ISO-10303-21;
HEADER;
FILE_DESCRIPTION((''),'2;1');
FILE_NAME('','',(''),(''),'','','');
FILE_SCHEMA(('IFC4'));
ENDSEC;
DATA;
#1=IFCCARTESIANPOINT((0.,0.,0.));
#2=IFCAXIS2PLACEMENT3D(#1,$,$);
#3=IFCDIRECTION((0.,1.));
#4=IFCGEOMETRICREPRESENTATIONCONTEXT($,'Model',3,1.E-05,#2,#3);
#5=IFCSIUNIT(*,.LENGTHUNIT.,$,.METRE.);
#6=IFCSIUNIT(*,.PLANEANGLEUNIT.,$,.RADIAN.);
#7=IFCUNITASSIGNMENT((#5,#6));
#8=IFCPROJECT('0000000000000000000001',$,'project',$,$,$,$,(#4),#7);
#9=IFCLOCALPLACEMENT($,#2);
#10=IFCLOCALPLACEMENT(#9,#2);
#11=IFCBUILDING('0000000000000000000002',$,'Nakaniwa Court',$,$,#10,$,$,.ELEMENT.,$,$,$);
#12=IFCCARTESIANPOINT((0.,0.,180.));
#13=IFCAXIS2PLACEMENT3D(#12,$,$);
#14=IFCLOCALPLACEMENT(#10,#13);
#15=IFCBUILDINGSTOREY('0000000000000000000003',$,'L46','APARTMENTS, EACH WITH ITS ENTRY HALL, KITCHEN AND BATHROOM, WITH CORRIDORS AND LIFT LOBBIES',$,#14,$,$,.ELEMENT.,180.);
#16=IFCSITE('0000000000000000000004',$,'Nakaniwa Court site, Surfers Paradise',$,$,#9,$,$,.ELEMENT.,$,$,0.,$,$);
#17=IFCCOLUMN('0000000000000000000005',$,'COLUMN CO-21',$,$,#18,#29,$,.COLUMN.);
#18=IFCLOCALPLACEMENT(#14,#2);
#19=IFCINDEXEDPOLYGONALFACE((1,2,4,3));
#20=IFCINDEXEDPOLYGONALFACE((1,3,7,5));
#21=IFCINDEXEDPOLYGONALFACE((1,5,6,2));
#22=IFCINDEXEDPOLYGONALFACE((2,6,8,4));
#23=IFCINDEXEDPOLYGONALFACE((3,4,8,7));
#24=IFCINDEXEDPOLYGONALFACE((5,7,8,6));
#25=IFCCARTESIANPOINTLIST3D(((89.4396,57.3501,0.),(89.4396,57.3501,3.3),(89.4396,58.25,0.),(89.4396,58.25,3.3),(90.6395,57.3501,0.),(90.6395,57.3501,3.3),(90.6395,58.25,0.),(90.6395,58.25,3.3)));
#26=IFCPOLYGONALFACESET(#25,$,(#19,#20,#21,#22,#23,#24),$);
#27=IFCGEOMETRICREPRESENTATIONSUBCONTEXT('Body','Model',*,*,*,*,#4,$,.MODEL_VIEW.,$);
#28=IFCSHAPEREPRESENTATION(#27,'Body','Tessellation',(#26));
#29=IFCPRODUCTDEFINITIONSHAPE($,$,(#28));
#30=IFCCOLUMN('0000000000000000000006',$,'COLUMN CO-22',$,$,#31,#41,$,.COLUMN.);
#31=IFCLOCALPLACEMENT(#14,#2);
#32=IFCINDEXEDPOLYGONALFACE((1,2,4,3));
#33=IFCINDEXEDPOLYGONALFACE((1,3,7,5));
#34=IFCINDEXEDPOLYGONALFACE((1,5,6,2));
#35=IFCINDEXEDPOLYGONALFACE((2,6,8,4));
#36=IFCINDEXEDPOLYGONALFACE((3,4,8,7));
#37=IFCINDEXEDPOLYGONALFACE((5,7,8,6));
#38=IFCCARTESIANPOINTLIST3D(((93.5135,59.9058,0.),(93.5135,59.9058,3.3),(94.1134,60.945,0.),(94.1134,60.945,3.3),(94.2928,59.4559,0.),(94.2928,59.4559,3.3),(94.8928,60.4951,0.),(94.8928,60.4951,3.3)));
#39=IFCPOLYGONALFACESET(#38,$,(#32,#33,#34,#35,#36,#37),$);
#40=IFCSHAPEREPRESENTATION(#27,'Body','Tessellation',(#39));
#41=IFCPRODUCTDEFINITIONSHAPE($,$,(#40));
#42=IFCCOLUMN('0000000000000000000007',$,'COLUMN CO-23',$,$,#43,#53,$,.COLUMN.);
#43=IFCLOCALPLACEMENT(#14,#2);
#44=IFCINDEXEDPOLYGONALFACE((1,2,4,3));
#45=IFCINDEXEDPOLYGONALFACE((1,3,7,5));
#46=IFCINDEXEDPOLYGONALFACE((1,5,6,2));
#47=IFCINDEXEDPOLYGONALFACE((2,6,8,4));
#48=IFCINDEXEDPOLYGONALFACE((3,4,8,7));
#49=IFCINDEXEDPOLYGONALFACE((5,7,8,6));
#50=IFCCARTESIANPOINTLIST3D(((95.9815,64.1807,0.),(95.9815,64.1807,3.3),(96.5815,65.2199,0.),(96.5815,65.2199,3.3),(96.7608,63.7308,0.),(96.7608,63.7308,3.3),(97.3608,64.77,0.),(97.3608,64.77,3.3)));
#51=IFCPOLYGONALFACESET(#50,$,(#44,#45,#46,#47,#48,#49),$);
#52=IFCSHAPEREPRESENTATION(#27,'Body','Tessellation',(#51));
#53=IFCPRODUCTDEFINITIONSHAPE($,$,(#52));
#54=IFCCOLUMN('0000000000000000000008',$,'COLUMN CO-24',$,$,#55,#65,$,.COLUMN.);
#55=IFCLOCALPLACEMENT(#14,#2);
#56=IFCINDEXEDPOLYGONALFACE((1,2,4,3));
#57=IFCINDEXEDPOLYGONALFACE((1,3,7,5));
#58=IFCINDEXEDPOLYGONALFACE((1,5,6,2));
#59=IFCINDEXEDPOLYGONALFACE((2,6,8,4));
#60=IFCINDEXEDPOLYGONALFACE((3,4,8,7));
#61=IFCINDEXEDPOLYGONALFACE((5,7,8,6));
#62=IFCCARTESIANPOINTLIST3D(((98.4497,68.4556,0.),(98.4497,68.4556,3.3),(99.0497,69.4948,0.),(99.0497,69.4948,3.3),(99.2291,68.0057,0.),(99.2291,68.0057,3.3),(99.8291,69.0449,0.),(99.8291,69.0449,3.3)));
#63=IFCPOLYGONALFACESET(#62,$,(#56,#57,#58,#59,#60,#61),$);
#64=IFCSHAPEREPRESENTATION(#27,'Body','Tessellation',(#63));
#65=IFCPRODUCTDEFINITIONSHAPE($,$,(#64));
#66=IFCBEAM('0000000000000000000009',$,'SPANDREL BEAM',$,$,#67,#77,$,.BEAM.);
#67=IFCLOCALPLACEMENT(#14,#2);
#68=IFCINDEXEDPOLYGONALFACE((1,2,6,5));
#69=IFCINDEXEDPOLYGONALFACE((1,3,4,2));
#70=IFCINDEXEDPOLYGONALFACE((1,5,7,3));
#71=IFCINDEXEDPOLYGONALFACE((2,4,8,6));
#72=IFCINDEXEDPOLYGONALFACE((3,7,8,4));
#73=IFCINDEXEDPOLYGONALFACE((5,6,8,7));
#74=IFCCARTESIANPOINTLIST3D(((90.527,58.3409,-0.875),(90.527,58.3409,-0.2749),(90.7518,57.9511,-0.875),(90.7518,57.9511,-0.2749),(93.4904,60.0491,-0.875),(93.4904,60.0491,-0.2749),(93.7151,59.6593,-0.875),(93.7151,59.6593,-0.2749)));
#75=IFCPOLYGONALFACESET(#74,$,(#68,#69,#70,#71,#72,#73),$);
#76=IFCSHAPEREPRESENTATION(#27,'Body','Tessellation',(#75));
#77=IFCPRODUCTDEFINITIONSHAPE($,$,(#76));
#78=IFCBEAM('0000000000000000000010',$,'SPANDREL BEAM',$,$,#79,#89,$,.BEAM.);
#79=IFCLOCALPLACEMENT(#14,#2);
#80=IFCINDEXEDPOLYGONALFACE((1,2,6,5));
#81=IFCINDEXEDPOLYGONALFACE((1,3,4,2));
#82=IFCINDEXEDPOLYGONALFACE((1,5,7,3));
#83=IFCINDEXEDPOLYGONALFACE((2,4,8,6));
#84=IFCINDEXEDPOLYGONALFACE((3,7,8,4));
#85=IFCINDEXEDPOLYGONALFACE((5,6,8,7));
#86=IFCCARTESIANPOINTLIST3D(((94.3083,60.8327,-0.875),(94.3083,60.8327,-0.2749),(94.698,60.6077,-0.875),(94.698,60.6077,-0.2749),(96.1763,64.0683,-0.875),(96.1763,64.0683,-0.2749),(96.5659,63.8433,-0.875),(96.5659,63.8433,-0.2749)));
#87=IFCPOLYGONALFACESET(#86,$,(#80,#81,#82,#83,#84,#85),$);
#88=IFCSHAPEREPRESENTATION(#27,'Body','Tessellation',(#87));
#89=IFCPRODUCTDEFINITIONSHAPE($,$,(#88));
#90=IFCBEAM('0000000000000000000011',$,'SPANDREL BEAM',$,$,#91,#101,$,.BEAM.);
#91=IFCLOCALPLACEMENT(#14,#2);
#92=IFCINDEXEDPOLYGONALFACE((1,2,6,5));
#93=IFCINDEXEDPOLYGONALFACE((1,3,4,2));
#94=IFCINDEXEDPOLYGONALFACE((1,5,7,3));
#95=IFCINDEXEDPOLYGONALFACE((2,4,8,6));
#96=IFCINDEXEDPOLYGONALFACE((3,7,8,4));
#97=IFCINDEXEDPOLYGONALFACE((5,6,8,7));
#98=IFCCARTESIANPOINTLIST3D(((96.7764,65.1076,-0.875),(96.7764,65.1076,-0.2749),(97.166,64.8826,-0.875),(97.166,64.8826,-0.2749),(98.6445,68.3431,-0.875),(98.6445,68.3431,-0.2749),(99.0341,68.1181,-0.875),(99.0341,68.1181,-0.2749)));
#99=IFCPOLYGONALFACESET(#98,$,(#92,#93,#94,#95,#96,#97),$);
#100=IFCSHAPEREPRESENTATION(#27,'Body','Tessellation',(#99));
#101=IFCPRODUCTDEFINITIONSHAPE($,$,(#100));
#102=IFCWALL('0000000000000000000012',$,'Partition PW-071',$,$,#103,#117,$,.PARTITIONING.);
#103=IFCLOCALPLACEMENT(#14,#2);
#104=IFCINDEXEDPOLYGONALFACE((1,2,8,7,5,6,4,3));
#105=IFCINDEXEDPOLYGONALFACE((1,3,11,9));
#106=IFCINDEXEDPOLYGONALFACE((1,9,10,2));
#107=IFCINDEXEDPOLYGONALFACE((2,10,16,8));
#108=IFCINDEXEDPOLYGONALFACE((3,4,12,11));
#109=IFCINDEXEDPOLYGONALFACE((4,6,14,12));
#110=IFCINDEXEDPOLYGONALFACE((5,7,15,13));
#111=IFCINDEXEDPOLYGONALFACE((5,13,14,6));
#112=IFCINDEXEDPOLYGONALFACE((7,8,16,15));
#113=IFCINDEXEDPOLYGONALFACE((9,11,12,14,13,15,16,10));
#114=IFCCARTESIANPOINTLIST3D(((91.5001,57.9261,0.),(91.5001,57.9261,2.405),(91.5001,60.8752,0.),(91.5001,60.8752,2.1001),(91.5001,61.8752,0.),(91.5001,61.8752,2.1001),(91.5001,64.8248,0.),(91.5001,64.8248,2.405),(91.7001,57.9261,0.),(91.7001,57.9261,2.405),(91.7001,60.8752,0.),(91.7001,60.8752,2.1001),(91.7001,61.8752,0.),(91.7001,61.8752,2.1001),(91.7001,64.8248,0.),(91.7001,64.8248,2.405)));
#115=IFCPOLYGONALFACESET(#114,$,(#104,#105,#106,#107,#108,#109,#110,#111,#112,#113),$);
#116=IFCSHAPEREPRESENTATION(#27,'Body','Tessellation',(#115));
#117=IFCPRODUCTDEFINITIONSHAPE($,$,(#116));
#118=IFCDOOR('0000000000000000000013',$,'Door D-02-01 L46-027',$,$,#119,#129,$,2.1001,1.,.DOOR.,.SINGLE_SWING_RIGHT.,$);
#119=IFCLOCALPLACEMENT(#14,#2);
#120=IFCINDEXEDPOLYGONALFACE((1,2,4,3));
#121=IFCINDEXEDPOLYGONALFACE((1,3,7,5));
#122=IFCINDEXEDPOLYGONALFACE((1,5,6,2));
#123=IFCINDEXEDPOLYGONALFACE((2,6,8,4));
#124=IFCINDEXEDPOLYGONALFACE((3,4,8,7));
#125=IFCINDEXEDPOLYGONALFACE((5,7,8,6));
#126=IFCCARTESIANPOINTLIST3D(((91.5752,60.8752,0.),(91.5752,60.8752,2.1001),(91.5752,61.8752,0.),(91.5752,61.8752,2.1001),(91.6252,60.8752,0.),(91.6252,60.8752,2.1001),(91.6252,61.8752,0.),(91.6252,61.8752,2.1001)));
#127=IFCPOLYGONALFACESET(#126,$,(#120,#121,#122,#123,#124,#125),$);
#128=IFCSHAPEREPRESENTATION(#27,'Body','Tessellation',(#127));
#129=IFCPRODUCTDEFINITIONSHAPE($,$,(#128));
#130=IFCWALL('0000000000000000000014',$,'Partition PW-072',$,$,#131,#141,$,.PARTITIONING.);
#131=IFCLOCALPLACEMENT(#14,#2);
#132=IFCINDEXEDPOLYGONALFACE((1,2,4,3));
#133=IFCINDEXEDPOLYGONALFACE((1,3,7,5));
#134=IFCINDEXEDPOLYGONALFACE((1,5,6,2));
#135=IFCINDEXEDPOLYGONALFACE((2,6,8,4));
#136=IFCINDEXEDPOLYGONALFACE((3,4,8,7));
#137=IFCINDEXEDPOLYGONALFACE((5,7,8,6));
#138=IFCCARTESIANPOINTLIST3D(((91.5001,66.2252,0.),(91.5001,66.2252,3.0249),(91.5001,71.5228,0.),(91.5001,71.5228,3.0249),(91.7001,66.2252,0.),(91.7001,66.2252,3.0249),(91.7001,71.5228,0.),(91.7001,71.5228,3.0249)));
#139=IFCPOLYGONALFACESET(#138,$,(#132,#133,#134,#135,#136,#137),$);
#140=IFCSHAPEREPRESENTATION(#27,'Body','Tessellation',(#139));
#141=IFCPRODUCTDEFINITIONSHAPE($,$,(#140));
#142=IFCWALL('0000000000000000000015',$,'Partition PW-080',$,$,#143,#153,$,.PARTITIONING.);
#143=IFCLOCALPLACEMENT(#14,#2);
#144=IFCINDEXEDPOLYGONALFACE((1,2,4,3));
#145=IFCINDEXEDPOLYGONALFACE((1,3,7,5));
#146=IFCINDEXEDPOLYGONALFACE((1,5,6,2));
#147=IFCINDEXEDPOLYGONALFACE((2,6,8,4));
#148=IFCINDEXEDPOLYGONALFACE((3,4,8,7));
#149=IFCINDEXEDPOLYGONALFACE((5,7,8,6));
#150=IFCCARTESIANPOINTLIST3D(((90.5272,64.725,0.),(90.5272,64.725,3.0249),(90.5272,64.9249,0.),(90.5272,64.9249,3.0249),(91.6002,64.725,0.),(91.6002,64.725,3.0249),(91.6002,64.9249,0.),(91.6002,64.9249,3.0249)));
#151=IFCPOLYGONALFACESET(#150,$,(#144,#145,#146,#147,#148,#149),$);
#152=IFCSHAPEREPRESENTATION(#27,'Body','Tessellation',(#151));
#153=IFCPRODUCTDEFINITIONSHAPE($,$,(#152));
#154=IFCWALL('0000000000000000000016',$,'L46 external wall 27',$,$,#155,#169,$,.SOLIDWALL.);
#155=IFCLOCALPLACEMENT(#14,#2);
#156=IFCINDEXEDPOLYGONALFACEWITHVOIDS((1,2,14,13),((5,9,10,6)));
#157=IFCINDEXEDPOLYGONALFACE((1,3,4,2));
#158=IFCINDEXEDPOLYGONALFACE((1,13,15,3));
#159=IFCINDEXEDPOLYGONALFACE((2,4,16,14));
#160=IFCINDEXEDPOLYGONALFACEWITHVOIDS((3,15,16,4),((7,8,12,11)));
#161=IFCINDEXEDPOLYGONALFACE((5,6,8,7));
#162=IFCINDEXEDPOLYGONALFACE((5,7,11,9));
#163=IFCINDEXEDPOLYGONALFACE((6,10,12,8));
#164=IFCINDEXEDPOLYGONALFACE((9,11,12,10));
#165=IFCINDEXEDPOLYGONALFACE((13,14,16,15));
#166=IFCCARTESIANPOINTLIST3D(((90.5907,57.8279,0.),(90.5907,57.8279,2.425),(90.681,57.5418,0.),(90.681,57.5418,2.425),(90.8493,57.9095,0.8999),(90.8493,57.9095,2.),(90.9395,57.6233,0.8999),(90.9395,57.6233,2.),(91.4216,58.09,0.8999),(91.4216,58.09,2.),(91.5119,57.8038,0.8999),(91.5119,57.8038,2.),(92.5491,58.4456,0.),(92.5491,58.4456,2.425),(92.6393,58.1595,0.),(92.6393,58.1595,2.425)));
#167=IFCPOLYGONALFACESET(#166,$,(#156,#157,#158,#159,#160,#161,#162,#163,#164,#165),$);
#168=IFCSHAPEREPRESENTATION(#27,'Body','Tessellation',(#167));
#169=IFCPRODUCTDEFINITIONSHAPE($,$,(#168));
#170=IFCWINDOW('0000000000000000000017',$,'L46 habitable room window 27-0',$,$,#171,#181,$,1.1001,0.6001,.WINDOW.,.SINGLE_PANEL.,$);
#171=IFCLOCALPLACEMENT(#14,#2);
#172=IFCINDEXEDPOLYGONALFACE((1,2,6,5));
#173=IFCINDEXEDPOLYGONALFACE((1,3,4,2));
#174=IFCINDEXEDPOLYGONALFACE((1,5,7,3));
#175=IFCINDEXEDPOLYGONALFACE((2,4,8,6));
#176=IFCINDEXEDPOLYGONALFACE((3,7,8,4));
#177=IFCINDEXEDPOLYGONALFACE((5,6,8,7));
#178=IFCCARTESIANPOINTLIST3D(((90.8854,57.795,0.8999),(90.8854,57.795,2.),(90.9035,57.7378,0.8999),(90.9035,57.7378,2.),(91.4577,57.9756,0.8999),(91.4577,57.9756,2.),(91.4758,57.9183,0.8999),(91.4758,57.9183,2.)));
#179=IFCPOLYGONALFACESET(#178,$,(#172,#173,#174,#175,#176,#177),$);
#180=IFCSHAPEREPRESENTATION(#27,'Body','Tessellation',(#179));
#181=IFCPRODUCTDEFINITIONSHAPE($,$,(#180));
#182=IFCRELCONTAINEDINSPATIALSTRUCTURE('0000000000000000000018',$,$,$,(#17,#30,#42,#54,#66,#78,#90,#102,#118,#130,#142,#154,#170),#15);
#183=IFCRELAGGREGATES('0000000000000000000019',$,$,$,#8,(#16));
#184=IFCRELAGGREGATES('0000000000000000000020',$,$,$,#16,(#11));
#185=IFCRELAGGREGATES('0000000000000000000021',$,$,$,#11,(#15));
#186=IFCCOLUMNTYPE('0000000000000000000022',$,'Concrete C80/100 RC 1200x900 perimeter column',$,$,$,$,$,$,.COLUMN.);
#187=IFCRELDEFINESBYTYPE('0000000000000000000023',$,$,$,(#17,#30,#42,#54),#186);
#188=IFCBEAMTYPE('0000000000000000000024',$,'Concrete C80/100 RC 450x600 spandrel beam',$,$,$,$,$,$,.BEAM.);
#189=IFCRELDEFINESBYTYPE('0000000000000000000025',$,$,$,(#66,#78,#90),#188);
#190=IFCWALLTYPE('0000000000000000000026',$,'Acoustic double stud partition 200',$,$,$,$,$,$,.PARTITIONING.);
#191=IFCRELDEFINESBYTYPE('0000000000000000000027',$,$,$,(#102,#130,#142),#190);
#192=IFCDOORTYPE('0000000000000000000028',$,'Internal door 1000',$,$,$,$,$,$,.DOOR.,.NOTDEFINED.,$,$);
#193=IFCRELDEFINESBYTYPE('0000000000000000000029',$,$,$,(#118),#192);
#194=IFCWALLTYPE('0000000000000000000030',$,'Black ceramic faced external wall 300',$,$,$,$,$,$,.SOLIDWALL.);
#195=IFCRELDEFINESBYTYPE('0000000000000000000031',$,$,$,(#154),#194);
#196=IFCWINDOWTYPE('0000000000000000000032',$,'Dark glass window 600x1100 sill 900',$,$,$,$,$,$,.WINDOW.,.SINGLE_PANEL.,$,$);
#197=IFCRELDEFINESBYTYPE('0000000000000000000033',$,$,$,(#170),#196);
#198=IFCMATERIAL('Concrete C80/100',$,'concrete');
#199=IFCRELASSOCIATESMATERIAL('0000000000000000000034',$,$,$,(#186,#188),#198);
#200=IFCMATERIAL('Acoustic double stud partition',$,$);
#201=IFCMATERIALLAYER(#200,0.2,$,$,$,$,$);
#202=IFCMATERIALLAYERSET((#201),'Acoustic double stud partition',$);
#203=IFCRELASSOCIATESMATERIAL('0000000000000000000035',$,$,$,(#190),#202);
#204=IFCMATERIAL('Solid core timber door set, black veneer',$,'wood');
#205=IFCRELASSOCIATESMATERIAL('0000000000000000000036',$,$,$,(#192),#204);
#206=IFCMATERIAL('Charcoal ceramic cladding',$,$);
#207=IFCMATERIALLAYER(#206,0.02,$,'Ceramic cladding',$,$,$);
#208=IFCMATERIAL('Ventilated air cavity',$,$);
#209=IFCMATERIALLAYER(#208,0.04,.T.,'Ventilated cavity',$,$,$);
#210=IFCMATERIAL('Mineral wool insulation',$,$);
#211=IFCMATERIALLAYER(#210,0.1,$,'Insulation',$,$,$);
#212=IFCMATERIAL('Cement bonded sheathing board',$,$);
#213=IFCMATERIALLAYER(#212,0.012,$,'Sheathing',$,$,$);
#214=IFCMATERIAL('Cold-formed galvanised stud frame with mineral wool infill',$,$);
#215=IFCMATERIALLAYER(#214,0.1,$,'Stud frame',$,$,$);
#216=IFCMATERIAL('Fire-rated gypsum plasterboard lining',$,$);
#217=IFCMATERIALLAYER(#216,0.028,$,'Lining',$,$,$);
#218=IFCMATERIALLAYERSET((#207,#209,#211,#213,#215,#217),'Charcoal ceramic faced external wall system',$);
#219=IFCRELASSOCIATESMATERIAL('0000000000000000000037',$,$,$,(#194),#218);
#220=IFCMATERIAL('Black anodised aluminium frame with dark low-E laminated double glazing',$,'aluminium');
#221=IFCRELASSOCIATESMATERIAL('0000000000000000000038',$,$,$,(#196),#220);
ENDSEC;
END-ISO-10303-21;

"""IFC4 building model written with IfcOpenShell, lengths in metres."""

from ifc_helpers import new_model, si_unit, direction, frame, frame_2d, origin, origin_2d, place, context, subcontext, project, spatial, rectangle, extrude, material, layer, layer_set, material_profile, profile_set, type_object, element, fill, save


model = new_model("IFC4")

# Units and contexts
model_context = context("Model", 3, precision=1e-05, world=origin(), true_north=direction((0.0, 1.0)))
body_context = subcontext(model_context, "Body", "Model", "MODEL_VIEW")
ifc_project = project(units=[si_unit("LENGTHUNIT", "METRE"), si_unit("PLANEANGLEUNIT", "RADIAN")], contexts=[model_context])

# Site, building, storey
site_placement = place(None, origin())
site = spatial("IfcSite", under=ifc_project, at=site_placement, Name="Nakaniwa Court site, Surfers Paradise", CompositionType="ELEMENT", RefElevation=0.0)
building_placement = place(site_placement, origin())
building = spatial("IfcBuilding", under=site, at=building_placement, Name="Nakaniwa Court", CompositionType="ELEMENT")
storey_placement = place(building_placement, frame((0.0, 0.0, 180.0)))
storey = spatial("IfcBuildingStorey", under=building, at=storey_placement, Name="L46", Description="APARTMENTS, EACH WITH ITS ENTRY HALL, KITCHEN AND BATHROOM, WITH CORRIDORS AND LIFT LOBBIES", CompositionType="ELEMENT", Elevation=180.0)

# Columns
ifc_material_1 = material(Name="Concrete C80/100", Category="concrete")
ifc_material_profile_1 = material_profile(ifc_material_1, rectangle(XDim=1.2, YDim=0.8999, at=origin_2d()), Name="Concrete C80/100 RC 1200x900 perimeter column")
ifc_profile_set_1 = profile_set([ifc_material_profile_1], Name="Concrete C80/100")
column_type = type_object("IfcColumnType", Name="Concrete C80/100 RC 1200x900 perimeter column", PredefinedType="COLUMN", material=ifc_profile_set_1)
for number, where, z_axis, x_axis, name in (
    (1, (90.0396, 57.8, 0.0), (0.0, 0.0, 1.0), (1.0, 0.0, 0.0), "COLUMN CO-21"),
    (2, (94.2031, 60.2004, 0.0), (0.0, 0.0, 1.0), (0.5, 0.866025, 0.0), "COLUMN CO-22"),
    (3, (96.6711, 64.4753, 0.0), (0.0, 0.0, 1.0), (0.5, 0.866025, 0.0), "COLUMN CO-23"),
    (4, (99.1394, 68.7502, 0.0), (0.0, 0.0, 1.0), (0.5, 0.866025, 0.0), "COLUMN CO-24"),
):
    element("IfcColumn", number, at=place(storey_placement, frame(where, z_axis=z_axis, x_axis=x_axis)), inside=storey, type_object=column_type, Name=name, PredefinedType="COLUMN", context=body_context, shape_type="SweptSolid", body=[
        extrude(rectangle(XDim=1.2, YDim=0.8999, at=origin_2d()), origin(), (0.0, 0.0, 1.0), 3.3),
    ])

# Beams
ifc_material_profile_2 = material_profile(ifc_material_1, rectangle(XDim=0.45, YDim=0.6001, at=origin_2d()), Name="Concrete C80/100 RC 450x600 spandrel beam")
ifc_profile_set_2 = profile_set([ifc_material_profile_2], Name="Concrete C80/100")
beam_type = type_object("IfcBeamType", Name="Concrete C80/100 RC 450x600 spandrel beam", PredefinedType="BEAM", material=ifc_profile_set_2)
beam_placement = place(storey_placement, frame((90.6394, 58.146, -0.575), z_axis=(0.866361, 0.499418, 0.0), x_axis=(-0.499418, 0.866361, 0.0)))
element("IfcBeam", 5, at=beam_placement, inside=storey, type_object=beam_type, Name="SPANDREL BEAM", PredefinedType="BEAM", context=body_context, shape_type="SweptSolid", body=[
    extrude(rectangle(XDim=0.45, YDim=0.6001, at=origin_2d()), origin(), (0.0, 0.0, 1.0), 3.4204),
])
for number, where, z_axis, x_axis, name in (
    (6, (94.5032, 60.7202, -0.575), (0.499969, 0.866043, 0.0), (-0.866043, 0.499969, 0.0), "SPANDREL BEAM"),
    (7, (96.9712, 64.9951, -0.575), (0.500018, 0.866015, 0.0), (-0.866015, 0.500018, 0.0), "SPANDREL BEAM"),
):
    element("IfcBeam", number, at=place(storey_placement, frame(where, z_axis=z_axis, x_axis=x_axis)), inside=storey, type_object=beam_type, Name=name, PredefinedType="BEAM", context=body_context, shape_type="SweptSolid", body=[
        extrude(rectangle(XDim=0.45, YDim=0.6001, at=origin_2d()), origin(), (0.0, 0.0, 1.0), 3.7361),
    ])

# Wall, opening, door
ifc_material_2 = material(Name="Acoustic double stud partition")
ifc_layer_1 = layer(ifc_material_2, 0.2)
ifc_layer_set_1 = layer_set([ifc_layer_1], Name="Acoustic double stud partition")
wall_type_1 = type_object("IfcWallType", Name="Acoustic double stud partition 200", PredefinedType="PARTITIONING", material=ifc_layer_set_1)
wall_1_placement = place(storey_placement, frame((91.6001, 57.9263, 0.0), z_axis=(0.0, 0.0, 1.0), x_axis=(0.0, 1.0, 0.0)))
wall_1 = element("IfcWall", 8, at=wall_1_placement, inside=storey, type_object=wall_type_1, Name="Partition PW-071", PredefinedType="PARTITIONING", context=body_context, shape_type="SweptSolid", body=[
    extrude(rectangle(XDim=6.8987, YDim=0.2, at=frame_2d((3.4492, 0.0))), origin(), (0.0, 0.0, 1.0), 2.405),
])
opening_1_placement = place(wall_1_placement, frame((2.949, 0.0, 0.0)))
opening_1 = element("IfcOpeningElement", 9, at=opening_1_placement, cuts=wall_1, PredefinedType="OPENING", context=body_context, shape_type="SweptSolid", body=[
    extrude(rectangle(XDim=1.0, YDim=2.1001, at=frame_2d((0.5, 1.05))), frame((0.0, 0.1099, 0.0), z_axis=(0.0, -1.0, 0.0), x_axis=(1.0, 0.0, 0.0)), (0.0, 0.0, 1.0), 0.22),
])
ifc_material_3 = material(Name="Solid core timber door set, black veneer", Category="wood")
door_type_1 = type_object("IfcDoorType", Name="Internal door 1000", OperationType="NOTDEFINED", PredefinedType="DOOR", material=ifc_material_3)
door_1_placement = place(opening_1_placement, origin())
door_1 = element("IfcDoor", 10, at=door_1_placement, inside=storey, type_object=door_type_1, Name="Door D-02-01 L46-027", OperationType="SINGLE_SWING_RIGHT", OverallHeight=2.1001, OverallWidth=1.0, PredefinedType="DOOR", context=body_context, shape_type="SweptSolid", body=[
    extrude(rectangle(XDim=1.0, YDim=2.1001, at=frame_2d((0.5, 1.05))), frame((0.0, 0.0249, 0.0), z_axis=(0.0, -1.0, 0.0), x_axis=(1.0, 0.0, 0.0)), (0.0, 0.0, 1.0), 0.05),
])
fill(opening_1, door_1)

# Walls
wall_2_placement = place(storey_placement, frame((91.6001, 66.2251, 0.0), z_axis=(0.0, 0.0, 1.0), x_axis=(0.0, 1.0, 0.0)))
element("IfcWall", 11, at=wall_2_placement, inside=storey, type_object=wall_type_1, Name="Partition PW-072", PredefinedType="PARTITIONING", context=body_context, shape_type="SweptSolid", body=[
    extrude(rectangle(XDim=5.2976, YDim=0.2, at=frame_2d((2.6489, 0.0))), origin(), (0.0, 0.0, 1.0), 3.0249),
])
wall_3_placement = place(storey_placement, frame((90.5271, 64.825, 0.0), z_axis=(0.0, 0.0, 1.0), x_axis=(1.0, 0.0, 0.0)))
element("IfcWall", 12, at=wall_3_placement, inside=storey, type_object=wall_type_1, Name="Partition PW-080", PredefinedType="PARTITIONING", context=body_context, shape_type="SweptSolid", body=[
    extrude(rectangle(XDim=1.073, YDim=0.2, at=frame_2d((0.5366, 0.0))), origin(), (0.0, 0.0, 1.0), 3.0249),
])

# Wall, opening, window
ifc_material_4 = material(Name="Charcoal ceramic cladding")
ifc_layer_2 = layer(ifc_material_4, 0.02, Name="Ceramic cladding")
ifc_material_5 = material(Name="Ventilated air cavity")
ifc_layer_3 = layer(ifc_material_5, 0.04, ventilated=True, Name="Ventilated cavity")
ifc_material_6 = material(Name="Mineral wool insulation")
ifc_layer_4 = layer(ifc_material_6, 0.1, Name="Insulation")
ifc_material_7 = material(Name="Cement bonded sheathing board")
ifc_layer_5 = layer(ifc_material_7, 0.012, Name="Sheathing")
ifc_material_8 = material(Name="Cold-formed galvanised stud frame with mineral wool infill")
ifc_layer_6 = layer(ifc_material_8, 0.1, Name="Stud frame")
ifc_material_9 = material(Name="Fire-rated gypsum plasterboard lining")
ifc_layer_7 = layer(ifc_material_9, 0.028, Name="Lining")
ifc_layer_set_2 = layer_set([ifc_layer_2, ifc_layer_3, ifc_layer_4, ifc_layer_5, ifc_layer_6, ifc_layer_7], Name="Charcoal ceramic faced external wall system")
wall_type_2 = type_object("IfcWallType", Name="Black ceramic faced external wall 300", PredefinedType="SOLIDWALL", material=ifc_layer_set_2)
wall_4_placement = place(storey_placement, frame((90.6357, 57.6848, 0.0), z_axis=(0.0, 0.0, 1.0), x_axis=(0.953683, 0.300813, 0.0)))
wall_4 = element("IfcWall", 13, at=wall_4_placement, inside=storey, type_object=wall_type_2, Name="L46 external wall 27", PredefinedType="SOLIDWALL", context=body_context, shape_type="SweptSolid", body=[
    extrude(rectangle(XDim=2.0535, YDim=0.3, at=frame_2d((1.0269, 0.0))), origin(), (0.0, 0.0, 1.0), 2.425),
])
opening_2_placement = place(wall_4_placement, frame((0.2712, 0.0, 0.8999)))
opening_2 = element("IfcOpeningElement", 14, at=opening_2_placement, cuts=wall_4, PredefinedType="OPENING", context=body_context, shape_type="SweptSolid", body=[
    extrude(rectangle(XDim=0.6001, YDim=1.1001, at=frame_2d((0.3, 0.55))), frame((0.0, 0.1599, 0.0), z_axis=(0.0, -1.0, 0.0), x_axis=(1.0, 0.0, 0.0)), (0.0, 0.0, 1.0), 0.3201),
])
ifc_material_10 = material(Name="Black anodised aluminium frame with dark low-E laminated double glazing", Category="aluminium")
window_type_1 = type_object("IfcWindowType", Name="Dark glass window 600x1100 sill 900", PartitioningType="SINGLE_PANEL", PredefinedType="WINDOW", material=ifc_material_10)
window_1_placement = place(opening_2_placement, origin())
window_1 = element("IfcWindow", 15, at=window_1_placement, inside=storey, type_object=window_type_1, Name="L46 habitable room window 27-0", OverallHeight=1.1001, OverallWidth=0.6001, PartitioningType="SINGLE_PANEL", PredefinedType="WINDOW", context=body_context, shape_type="SweptSolid", body=[
    extrude(rectangle(XDim=0.6001, YDim=1.1001, at=frame_2d((0.3, 0.55))), frame((0.0, 0.03, 0.0), z_axis=(0.0, -1.0, 0.0), x_axis=(1.0, 0.0, 0.0)), (0.0, 0.0, 1.0), 0.0601),
])
fill(opening_2, window_1)

save(model, "model.ifc")
